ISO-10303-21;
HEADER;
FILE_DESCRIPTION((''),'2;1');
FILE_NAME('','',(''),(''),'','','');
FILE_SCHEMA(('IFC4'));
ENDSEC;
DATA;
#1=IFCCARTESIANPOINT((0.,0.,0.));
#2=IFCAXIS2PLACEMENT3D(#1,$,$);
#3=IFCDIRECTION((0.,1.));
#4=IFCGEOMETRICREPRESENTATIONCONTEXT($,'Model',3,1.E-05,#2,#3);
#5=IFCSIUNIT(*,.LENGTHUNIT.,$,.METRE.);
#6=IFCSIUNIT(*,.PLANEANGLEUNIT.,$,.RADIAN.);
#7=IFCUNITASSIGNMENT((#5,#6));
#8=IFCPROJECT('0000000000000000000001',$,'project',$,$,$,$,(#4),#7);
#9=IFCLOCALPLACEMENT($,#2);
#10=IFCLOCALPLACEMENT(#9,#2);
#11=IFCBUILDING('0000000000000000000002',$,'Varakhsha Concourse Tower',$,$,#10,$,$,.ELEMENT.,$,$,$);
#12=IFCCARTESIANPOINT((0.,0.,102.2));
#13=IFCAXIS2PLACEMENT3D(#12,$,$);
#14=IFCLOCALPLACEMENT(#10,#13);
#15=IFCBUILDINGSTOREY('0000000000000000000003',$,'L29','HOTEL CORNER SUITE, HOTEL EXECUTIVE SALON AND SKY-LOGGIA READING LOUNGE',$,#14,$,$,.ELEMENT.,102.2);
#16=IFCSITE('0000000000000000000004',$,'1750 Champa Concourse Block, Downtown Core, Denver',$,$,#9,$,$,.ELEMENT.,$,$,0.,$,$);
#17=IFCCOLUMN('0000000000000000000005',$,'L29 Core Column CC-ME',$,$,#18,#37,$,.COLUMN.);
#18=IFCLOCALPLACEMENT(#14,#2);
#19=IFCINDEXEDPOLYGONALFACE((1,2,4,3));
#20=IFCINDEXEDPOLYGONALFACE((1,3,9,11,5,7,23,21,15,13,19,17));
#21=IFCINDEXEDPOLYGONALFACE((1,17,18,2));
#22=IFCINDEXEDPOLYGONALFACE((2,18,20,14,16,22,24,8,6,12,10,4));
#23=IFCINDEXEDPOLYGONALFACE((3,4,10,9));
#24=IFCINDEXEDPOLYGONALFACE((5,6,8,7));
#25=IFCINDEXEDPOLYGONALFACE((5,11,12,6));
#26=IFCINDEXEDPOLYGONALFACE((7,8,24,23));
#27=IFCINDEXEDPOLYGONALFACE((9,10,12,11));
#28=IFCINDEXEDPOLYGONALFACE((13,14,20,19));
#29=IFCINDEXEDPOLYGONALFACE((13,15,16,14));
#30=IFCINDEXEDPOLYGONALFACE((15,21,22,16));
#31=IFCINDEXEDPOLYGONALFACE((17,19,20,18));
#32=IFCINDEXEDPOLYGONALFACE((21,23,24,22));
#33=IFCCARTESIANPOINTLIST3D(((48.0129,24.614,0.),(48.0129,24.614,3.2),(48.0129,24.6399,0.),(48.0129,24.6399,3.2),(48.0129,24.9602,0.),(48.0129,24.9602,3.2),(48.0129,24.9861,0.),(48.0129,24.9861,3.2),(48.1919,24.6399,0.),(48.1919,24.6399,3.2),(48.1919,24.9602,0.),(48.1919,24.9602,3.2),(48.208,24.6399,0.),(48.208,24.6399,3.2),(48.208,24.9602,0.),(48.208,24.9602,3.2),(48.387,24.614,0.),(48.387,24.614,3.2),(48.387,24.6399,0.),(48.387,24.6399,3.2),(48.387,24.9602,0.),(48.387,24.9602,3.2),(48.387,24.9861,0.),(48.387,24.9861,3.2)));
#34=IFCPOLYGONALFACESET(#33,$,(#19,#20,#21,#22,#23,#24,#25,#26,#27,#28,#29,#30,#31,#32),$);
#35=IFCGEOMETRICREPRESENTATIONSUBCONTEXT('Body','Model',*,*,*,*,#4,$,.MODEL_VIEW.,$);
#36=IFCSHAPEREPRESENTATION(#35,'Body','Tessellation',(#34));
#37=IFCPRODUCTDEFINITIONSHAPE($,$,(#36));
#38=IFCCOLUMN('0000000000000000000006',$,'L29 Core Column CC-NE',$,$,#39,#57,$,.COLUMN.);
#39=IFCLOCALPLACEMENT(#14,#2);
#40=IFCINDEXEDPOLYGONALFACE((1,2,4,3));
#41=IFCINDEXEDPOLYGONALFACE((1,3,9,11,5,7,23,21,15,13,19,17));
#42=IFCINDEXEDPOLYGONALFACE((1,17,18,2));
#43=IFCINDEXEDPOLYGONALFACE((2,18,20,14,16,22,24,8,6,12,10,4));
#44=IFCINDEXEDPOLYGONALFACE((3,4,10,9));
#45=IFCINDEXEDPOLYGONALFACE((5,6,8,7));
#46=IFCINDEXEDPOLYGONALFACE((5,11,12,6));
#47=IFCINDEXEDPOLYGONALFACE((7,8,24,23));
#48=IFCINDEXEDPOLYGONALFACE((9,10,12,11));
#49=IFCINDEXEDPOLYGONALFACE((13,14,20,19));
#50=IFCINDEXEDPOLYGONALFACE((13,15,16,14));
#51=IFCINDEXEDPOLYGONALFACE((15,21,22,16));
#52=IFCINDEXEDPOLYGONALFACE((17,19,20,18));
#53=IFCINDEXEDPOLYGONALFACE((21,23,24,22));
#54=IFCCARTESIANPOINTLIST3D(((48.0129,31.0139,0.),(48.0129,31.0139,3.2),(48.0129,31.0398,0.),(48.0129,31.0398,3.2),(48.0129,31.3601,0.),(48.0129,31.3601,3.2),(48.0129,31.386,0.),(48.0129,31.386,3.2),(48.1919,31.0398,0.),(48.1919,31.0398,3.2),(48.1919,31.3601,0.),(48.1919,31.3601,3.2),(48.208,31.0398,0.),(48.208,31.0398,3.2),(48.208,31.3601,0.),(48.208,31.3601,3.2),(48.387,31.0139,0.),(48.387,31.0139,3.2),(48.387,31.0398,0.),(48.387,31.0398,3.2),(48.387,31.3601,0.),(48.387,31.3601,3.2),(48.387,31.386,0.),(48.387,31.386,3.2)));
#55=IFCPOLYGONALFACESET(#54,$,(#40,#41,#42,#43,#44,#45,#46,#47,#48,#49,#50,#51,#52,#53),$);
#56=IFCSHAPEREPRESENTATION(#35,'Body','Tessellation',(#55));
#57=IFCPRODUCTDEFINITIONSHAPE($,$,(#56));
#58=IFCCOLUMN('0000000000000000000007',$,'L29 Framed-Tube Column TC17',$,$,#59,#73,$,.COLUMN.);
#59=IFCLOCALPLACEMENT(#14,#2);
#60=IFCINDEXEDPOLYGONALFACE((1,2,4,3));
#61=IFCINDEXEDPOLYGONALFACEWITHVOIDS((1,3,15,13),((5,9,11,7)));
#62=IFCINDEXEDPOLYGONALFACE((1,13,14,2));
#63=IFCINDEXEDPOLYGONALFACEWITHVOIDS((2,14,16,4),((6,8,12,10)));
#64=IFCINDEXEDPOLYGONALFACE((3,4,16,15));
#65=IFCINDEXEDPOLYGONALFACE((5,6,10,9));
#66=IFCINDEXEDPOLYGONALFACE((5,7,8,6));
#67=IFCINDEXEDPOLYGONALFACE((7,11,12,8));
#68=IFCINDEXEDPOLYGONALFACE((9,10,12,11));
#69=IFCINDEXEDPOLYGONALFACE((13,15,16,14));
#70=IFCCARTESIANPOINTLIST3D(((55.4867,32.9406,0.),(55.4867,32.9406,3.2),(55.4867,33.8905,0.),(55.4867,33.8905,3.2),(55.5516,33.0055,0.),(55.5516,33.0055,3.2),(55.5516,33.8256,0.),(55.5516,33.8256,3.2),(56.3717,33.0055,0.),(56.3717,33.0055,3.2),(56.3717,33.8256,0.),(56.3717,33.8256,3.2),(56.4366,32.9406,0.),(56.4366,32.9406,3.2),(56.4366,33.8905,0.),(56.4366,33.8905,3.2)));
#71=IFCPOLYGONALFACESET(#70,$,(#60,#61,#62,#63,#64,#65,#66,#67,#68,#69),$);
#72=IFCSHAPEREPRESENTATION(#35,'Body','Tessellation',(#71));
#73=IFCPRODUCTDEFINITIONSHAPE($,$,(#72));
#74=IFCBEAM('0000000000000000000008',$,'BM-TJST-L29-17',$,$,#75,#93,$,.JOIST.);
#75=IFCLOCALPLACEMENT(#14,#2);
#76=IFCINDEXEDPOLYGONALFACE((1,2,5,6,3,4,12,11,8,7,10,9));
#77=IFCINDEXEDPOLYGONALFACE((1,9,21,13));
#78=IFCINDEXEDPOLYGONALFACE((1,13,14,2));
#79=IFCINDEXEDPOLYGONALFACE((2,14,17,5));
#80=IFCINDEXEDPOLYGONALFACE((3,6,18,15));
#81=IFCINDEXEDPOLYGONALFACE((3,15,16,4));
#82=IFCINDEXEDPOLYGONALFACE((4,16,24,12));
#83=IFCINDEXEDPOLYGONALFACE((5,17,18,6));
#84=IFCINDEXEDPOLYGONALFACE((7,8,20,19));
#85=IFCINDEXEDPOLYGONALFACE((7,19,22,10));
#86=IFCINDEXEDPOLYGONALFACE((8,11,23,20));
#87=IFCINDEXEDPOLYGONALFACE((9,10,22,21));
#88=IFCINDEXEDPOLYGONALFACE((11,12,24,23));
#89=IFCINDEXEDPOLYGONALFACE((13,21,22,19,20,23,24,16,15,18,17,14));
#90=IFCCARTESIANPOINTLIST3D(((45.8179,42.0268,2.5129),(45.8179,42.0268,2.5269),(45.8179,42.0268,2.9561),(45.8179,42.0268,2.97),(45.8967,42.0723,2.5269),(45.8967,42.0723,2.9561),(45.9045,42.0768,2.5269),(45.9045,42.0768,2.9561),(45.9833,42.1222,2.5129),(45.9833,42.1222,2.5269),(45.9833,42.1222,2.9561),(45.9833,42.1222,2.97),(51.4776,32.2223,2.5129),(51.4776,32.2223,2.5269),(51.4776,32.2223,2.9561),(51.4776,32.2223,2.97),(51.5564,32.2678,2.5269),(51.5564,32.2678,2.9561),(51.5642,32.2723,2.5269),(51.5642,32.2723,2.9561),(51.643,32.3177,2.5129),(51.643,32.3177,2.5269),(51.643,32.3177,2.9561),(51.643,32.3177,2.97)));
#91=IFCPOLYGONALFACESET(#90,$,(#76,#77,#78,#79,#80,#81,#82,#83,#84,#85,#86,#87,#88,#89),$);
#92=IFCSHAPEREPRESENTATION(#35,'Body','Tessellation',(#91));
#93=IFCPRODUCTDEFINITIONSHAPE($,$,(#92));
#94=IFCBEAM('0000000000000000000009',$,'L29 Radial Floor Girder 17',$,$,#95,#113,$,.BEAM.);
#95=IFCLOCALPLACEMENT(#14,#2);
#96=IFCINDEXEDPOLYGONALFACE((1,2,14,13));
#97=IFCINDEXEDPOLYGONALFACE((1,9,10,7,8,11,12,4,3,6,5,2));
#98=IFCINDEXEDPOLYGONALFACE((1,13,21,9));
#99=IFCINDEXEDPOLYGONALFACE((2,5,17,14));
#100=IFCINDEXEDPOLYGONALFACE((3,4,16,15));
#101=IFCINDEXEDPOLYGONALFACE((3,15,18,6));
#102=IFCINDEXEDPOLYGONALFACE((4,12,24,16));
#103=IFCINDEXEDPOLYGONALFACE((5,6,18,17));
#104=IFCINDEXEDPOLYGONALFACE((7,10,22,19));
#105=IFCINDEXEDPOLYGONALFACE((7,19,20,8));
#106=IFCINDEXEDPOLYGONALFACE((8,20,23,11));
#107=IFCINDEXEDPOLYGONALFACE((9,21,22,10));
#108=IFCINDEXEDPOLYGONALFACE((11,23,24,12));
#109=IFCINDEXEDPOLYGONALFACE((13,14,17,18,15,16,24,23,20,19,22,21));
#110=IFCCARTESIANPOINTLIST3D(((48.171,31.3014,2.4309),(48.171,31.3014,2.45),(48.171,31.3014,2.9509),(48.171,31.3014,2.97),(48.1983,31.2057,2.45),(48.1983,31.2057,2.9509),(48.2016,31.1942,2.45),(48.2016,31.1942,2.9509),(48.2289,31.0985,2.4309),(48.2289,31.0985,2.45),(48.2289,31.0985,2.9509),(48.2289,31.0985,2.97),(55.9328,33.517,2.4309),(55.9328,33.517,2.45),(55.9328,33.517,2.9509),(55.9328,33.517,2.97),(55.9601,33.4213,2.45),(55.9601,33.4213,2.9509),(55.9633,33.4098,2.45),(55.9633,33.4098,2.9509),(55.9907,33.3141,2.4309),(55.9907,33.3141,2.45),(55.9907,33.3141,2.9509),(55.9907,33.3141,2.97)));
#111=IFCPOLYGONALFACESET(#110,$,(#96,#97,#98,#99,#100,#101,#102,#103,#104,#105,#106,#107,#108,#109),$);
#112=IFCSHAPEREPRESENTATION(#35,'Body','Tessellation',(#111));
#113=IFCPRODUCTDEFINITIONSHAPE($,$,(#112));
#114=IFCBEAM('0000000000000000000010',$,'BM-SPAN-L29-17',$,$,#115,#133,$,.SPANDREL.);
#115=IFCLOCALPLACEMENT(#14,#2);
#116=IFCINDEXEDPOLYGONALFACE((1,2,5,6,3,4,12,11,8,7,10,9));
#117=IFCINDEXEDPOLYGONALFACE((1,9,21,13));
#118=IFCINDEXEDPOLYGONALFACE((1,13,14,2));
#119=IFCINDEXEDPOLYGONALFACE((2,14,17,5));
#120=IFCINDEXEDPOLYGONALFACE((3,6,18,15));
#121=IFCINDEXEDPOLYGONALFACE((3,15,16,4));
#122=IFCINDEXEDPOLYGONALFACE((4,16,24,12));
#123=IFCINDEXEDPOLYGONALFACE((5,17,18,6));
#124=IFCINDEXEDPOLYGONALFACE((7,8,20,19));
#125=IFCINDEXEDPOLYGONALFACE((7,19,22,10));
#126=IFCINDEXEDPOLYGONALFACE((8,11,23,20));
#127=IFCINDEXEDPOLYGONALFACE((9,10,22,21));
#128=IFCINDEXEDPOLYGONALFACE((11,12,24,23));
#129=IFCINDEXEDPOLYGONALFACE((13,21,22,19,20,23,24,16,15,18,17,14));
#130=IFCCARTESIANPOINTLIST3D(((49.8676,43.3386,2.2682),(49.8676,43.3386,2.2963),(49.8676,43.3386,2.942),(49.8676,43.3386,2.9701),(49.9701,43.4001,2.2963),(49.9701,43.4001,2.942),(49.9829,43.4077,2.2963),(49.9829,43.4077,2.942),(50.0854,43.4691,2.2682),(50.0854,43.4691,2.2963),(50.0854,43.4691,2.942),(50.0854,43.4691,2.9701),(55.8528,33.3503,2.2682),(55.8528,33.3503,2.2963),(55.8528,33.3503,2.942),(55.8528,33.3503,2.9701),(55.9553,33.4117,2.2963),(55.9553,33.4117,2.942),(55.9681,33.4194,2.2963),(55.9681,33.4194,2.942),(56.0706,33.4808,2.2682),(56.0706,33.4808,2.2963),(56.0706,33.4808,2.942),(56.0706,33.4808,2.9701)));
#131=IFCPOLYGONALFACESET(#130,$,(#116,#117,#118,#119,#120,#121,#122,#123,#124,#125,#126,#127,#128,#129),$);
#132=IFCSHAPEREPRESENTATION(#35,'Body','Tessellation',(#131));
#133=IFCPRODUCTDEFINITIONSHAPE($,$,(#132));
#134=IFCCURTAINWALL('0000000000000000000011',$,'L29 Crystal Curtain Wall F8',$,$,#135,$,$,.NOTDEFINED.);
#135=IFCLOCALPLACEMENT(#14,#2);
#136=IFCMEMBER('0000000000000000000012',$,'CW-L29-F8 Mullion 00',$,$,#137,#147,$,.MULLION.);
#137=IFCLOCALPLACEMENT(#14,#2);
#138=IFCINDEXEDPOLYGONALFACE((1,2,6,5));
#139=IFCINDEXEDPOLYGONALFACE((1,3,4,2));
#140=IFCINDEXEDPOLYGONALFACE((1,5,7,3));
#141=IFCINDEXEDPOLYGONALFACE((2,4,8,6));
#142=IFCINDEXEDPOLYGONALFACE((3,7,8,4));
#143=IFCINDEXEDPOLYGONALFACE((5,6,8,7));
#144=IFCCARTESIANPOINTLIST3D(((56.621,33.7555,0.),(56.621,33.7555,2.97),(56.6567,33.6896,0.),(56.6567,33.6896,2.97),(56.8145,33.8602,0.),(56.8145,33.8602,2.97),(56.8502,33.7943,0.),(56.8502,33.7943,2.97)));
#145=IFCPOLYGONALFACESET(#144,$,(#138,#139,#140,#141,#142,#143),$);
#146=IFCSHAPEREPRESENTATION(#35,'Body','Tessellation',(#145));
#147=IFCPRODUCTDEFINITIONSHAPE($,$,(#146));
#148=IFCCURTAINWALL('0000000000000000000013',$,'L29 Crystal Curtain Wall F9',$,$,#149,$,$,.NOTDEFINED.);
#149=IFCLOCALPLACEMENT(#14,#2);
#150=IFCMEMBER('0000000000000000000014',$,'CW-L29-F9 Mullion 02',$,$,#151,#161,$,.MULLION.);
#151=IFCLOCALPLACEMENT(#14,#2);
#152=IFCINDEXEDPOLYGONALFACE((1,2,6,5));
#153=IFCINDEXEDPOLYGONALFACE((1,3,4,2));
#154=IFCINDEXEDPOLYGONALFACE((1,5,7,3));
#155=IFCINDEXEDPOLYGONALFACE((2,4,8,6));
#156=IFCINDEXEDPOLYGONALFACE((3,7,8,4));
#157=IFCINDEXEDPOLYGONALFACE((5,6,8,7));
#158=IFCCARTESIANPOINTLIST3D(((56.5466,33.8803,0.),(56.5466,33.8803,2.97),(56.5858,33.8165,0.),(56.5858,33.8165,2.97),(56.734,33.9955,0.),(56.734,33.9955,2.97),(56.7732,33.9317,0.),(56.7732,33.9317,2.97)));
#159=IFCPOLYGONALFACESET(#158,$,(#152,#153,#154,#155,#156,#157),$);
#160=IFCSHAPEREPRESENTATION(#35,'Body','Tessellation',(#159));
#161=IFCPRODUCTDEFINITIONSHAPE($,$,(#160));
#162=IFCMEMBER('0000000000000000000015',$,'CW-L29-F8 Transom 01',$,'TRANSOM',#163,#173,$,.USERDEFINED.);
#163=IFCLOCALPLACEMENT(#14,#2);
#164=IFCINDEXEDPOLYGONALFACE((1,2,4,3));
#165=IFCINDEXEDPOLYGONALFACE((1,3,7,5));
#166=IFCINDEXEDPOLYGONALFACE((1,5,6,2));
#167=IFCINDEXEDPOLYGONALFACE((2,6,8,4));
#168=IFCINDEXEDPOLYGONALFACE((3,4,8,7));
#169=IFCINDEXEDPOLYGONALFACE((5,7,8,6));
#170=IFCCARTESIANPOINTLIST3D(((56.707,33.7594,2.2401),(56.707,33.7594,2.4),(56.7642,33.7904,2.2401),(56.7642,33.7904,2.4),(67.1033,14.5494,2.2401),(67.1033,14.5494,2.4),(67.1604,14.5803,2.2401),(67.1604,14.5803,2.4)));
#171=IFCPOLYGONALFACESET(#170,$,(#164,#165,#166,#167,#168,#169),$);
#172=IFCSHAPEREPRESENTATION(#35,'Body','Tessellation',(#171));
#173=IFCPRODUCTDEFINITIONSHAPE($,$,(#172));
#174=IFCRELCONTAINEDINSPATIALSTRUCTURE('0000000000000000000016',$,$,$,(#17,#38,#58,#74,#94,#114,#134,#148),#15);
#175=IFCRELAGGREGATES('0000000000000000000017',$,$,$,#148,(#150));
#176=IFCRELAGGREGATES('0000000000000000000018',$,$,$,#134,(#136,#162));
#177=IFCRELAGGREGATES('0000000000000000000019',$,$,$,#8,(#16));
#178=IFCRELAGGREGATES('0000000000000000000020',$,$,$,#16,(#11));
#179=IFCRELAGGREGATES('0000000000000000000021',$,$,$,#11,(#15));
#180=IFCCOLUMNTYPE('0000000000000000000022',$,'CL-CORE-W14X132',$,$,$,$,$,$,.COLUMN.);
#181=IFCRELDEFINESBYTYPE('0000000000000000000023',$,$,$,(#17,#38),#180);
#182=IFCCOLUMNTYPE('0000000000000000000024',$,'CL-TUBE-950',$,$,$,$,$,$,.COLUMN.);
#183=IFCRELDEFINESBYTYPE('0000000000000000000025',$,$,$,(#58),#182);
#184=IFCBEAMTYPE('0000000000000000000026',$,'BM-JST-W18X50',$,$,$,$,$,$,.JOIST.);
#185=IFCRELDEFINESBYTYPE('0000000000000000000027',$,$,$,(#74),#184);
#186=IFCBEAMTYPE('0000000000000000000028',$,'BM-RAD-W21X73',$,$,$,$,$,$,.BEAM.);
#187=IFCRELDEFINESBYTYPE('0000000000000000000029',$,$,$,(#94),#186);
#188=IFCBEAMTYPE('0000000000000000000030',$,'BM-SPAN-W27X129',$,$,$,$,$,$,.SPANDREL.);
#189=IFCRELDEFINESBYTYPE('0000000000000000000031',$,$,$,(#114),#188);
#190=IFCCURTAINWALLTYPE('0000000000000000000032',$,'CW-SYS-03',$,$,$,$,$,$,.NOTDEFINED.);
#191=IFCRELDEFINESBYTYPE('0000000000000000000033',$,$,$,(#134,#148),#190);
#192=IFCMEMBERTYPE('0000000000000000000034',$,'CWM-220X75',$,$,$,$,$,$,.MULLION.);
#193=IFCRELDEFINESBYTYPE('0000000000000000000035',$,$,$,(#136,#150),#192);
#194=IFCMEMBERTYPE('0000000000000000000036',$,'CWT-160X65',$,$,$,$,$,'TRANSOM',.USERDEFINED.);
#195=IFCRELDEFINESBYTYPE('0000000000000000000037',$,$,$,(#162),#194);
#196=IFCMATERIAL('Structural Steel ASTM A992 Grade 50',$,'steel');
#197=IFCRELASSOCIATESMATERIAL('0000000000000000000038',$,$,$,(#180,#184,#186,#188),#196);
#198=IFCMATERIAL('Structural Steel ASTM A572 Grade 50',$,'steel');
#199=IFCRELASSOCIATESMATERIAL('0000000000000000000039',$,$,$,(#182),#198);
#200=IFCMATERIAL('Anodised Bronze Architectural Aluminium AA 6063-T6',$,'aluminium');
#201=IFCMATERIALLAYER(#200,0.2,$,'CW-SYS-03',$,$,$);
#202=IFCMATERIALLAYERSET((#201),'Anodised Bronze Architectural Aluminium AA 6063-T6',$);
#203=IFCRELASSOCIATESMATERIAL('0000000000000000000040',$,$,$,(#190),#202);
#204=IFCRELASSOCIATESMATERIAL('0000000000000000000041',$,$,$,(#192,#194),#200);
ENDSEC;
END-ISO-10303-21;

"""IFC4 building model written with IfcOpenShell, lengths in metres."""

from ifc_helpers import new_model, si_unit, direction, frame, origin, origin_2d, place, context, subcontext, project, spatial, rectangle, hollow_rectangle, i_section, extrude, source, transform, mapped, material, layer, layer_set, material_profile, profile_set, type_object, type_shapes, element, aggregate, save


model = new_model("IFC4")

# Units and contexts
model_context = context("Model", 3, precision=1e-05, world=origin(), true_north=direction((0.0, 1.0)))
body_context = subcontext(model_context, "Body", "Model", "MODEL_VIEW")
ifc_project = project(units=[si_unit("LENGTHUNIT", "METRE"), si_unit("PLANEANGLEUNIT", "RADIAN")], contexts=[model_context])

# Site, building, storey
site_placement = place(None, origin())
site = spatial("IfcSite", under=ifc_project, at=site_placement, Name="1750 Champa Concourse Block, Downtown Core, Denver", CompositionType="ELEMENT", RefElevation=0.0)
building_placement = place(site_placement, origin())
building = spatial("IfcBuilding", under=site, at=building_placement, Name="Varakhsha Concourse Tower", CompositionType="ELEMENT")
storey_placement = place(building_placement, frame((0.0, 0.0, 102.2)))
storey = spatial("IfcBuildingStorey", under=building, at=storey_placement, Name="L29", Description="HOTEL CORNER SUITE, HOTEL EXECUTIVE SALON AND SKY-LOGGIA READING LOUNGE", CompositionType="ELEMENT", Elevation=102.2)

# Columns
ifc_material_1 = material(Name="Structural Steel ASTM A992 Grade 50", Category="steel")
ifc_material_profile_1 = material_profile(ifc_material_1, i_section(OverallWidth=0.374, OverallDepth=0.3721, WebThickness=0.0161, FlangeThickness=0.0259, at=origin_2d()), Name="W14X132")
ifc_profile_set_1 = profile_set([ifc_material_profile_1], Name="Structural Steel ASTM A992 Grade 50")
column_type_1 = type_object("IfcColumnType", Name="CL-CORE-W14X132", PredefinedType="COLUMN", material=ifc_profile_set_1)
for number, where, z_axis, x_axis, name in (
    (1, (48.2, 24.8, 0.0), (0.0, 0.0, 1.0), (1.0, 0.0, 0.0), "L29 Core Column CC-ME"),
    (2, (48.2, 31.2, 0.0), (0.0, 0.0, 1.0), (1.0, 0.0, 0.0), "L29 Core Column CC-NE"),
):
    element("IfcColumn", number, at=place(storey_placement, frame(where, z_axis=z_axis, x_axis=x_axis)), inside=storey, type_object=column_type_1, Name=name, PredefinedType="COLUMN", context=body_context, shape_type="SweptSolid", body=[
        extrude(i_section(OverallWidth=0.374, OverallDepth=0.3721, WebThickness=0.0161, FlangeThickness=0.0259, at=origin_2d()), origin(), (0.0, 0.0, 1.0), 3.2),
    ])
ifc_material_2 = material(Name="Structural Steel ASTM A572 Grade 50", Category="steel")
ifc_material_profile_2 = material_profile(ifc_material_2, hollow_rectangle(XDim=0.95, YDim=0.95, WallThickness=0.0649, at=origin_2d()), Name="BOX 950x950x65")
ifc_profile_set_2 = profile_set([ifc_material_profile_2], Name="Structural Steel ASTM A572 Grade 50")
column_type_2 = type_object("IfcColumnType", Name="CL-TUBE-950", PredefinedType="COLUMN", material=ifc_profile_set_2)
column_placement = place(storey_placement, frame((55.9617, 33.4155, 0.0), z_axis=(0.0, 0.0, 1.0), x_axis=(1.0, 0.0, 0.0)))
element("IfcColumn", 3, at=column_placement, inside=storey, type_object=column_type_2, Name="L29 Framed-Tube Column TC17", PredefinedType="COLUMN", context=body_context, shape_type="SweptSolid", body=[
    extrude(hollow_rectangle(XDim=0.95, YDim=0.95, WallThickness=0.0649, at=origin_2d()), origin(), (0.0, 0.0, 1.0), 3.2),
])

# Beams
ifc_material_profile_3 = material_profile(ifc_material_1, i_section(OverallWidth=0.1909, OverallDepth=0.457, WebThickness=0.009, FlangeThickness=0.0139, at=origin_2d()), Name="W18X50")
ifc_profile_set_3 = profile_set([ifc_material_profile_3], Name="Structural Steel ASTM A992 Grade 50")
beam_type_1 = type_object("IfcBeamType", Name="BM-JST-W18X50", PredefinedType="JOIST", material=ifc_profile_set_3)
beam_1_placement = place(storey_placement, frame((51.5603, 32.27, 2.7415), z_axis=(-0.499938, 0.866061, 0.0), x_axis=(-0.866061, -0.499938, 0.0)))
element("IfcBeam", 4, at=beam_1_placement, inside=storey, type_object=beam_type_1, Name="BM-TJST-L29-17", PredefinedType="JOIST", context=body_context, shape_type="SweptSolid", body=[
    extrude(i_section(OverallWidth=0.1909, OverallDepth=0.457, WebThickness=0.009, FlangeThickness=0.0139, at=origin_2d()), origin(), (0.0, 0.0, 1.0), 11.3208),
])
ifc_material_profile_4 = material_profile(ifc_material_1, i_section(OverallWidth=0.2109, OverallDepth=0.5391, WebThickness=0.012, FlangeThickness=0.019, at=origin_2d()), Name="W21X73")
ifc_profile_set_4 = profile_set([ifc_material_profile_4], Name="Structural Steel ASTM A992 Grade 50")
beam_type_2 = type_object("IfcBeamType", Name="BM-RAD-W21X73", PredefinedType="BEAM", material=ifc_profile_set_4)
beam_2_placement = place(storey_placement, frame((48.2, 31.2, 2.7004), z_axis=(0.961591, 0.274485, 0.0), x_axis=(-0.274485, 0.961591, 0.0)))
element("IfcBeam", 5, at=beam_2_placement, inside=storey, type_object=beam_type_2, Name="L29 Radial Floor Girder 17", PredefinedType="BEAM", context=body_context, shape_type="SweptSolid", body=[
    extrude(i_section(OverallWidth=0.2109, OverallDepth=0.5391, WebThickness=0.012, FlangeThickness=0.019, at=origin_2d()), origin(), (0.0, 0.0, 1.0), 8.0718),
])
ifc_material_profile_5 = material_profile(ifc_material_1, i_section(OverallWidth=0.2539, OverallDepth=0.7019, WebThickness=0.0149, FlangeThickness=0.0281, at=origin_2d()), Name="W27X129")
ifc_profile_set_5 = profile_set([ifc_material_profile_5], Name="Structural Steel ASTM A992 Grade 50")
beam_type_3 = type_object("IfcBeamType", Name="BM-SPAN-W27X129", PredefinedType="SPANDREL", material=ifc_profile_set_5)
beam_3_placement = place(storey_placement, frame((55.9617, 33.4155, 2.6191), z_axis=(-0.513999, 0.857791, 0.0), x_axis=(-0.857791, -0.513999, 0.0)))
element("IfcBeam", 6, at=beam_3_placement, inside=storey, type_object=beam_type_3, Name="BM-SPAN-L29-17", PredefinedType="SPANDREL", context=body_context, shape_type="SweptSolid", body=[
    extrude(i_section(OverallWidth=0.2539, OverallDepth=0.7019, WebThickness=0.0149, FlangeThickness=0.0281, at=origin_2d()), origin(), (0.0, 0.0, 1.0), 11.6443),
])

# Curtain walls, members
ifc_material_3 = material(Name="Anodised Bronze Architectural Aluminium AA 6063-T6", Category="aluminium")
ifc_layer_1 = layer(ifc_material_3, 0.2, Name="CW-SYS-03")
ifc_layer_set_1 = layer_set([ifc_layer_1], Name="Anodised Bronze Architectural Aluminium AA 6063-T6")
curtain_wall_type = type_object("IfcCurtainWallType", Name="CW-SYS-03", PredefinedType="NOTDEFINED", material=ifc_layer_set_1)
curtain_wall_1_placement = place(storey_placement, origin())
curtain_wall_1 = element("IfcCurtainWall", 7, at=curtain_wall_1_placement, inside=storey, type_object=curtain_wall_type, Name="L29 Crystal Curtain Wall F8", PredefinedType="NOTDEFINED")
ifc_material_profile_6 = material_profile(ifc_material_3, rectangle(XDim=0.075, YDim=0.22, at=origin_2d()), Name="CWM-220X75")
ifc_profile_set_6 = profile_set([ifc_material_profile_6], Name="Anodised Bronze Architectural Aluminium AA 6063-T6")
member_type_1 = type_object("IfcMemberType", Name="CWM-220X75", PredefinedType="MULLION", material=ifc_profile_set_6)
shared_shape_1 = source(origin(), body_context, "Body", "SweptSolid", [
    extrude(rectangle(XDim=0.075, YDim=0.22, at=origin_2d()), origin(), (0.0, 0.0, 1.0), 2.97),
])
type_shapes(member_type_1, [shared_shape_1])
member_1_placement = place(storey_placement, frame((56.7356, 33.7749, 0.0), z_axis=(0.0, 0.0, 1.0), x_axis=(0.475959, -0.879468, 0.0)))
member_1 = element("IfcMember", 8, at=member_1_placement, type_object=member_type_1, Name="CW-L29-F8 Mullion 00", PredefinedType="MULLION", context=body_context, shape_type="MappedRepresentation", body=[
    mapped(shared_shape_1, transform((0.0, 0.0, 0.0), scale=1.0)),
])
curtain_wall_2_placement = place(storey_placement, origin())
curtain_wall_2 = element("IfcCurtainWall", 9, at=curtain_wall_2_placement, inside=storey, type_object=curtain_wall_type, Name="L29 Crystal Curtain Wall F9", PredefinedType="NOTDEFINED")
member_2_placement = place(storey_placement, frame((56.6599, 33.906, 0.0), z_axis=(0.0, 0.0, 1.0), x_axis=(0.523665, -0.851924, 0.0)))
member_2 = element("IfcMember", 10, at=member_2_placement, type_object=member_type_1, Name="CW-L29-F9 Mullion 02", PredefinedType="MULLION", context=body_context, shape_type="MappedRepresentation", body=[
    mapped(shared_shape_1, transform((0.0, 0.0, 0.0), scale=1.0)),
])
aggregate(curtain_wall_2, [member_2])

# Member
ifc_material_profile_7 = material_profile(ifc_material_3, rectangle(XDim=0.0649, YDim=0.1599, at=origin_2d()), Name="CWT-160X65")
ifc_profile_set_7 = profile_set([ifc_material_profile_7], Name="Anodised Bronze Architectural Aluminium AA 6063-T6")
member_type_2 = type_object("IfcMemberType", Name="CWT-160X65", ElementType="TRANSOM", PredefinedType="USERDEFINED", material=ifc_profile_set_7)
shared_shape_2 = source(origin(), body_context, "Body", "SweptSolid", [
    extrude(rectangle(XDim=0.0649, YDim=0.1599, at=origin_2d()), origin(), (0.0, 0.0, 1.0), 21.8428),
])
type_shapes(member_type_2, [shared_shape_2])
member_3_placement = place(storey_placement, frame((56.7356, 33.7749, 2.3201), z_axis=(0.475959, -0.879467, 0.0), x_axis=(0.879467, 0.475959, 0.0)))
member_3 = element("IfcMember", 11, at=member_3_placement, type_object=member_type_2, Name="CW-L29-F8 Transom 01", ObjectType="TRANSOM", PredefinedType="USERDEFINED", context=body_context, shape_type="MappedRepresentation", body=[
    mapped(shared_shape_2, transform((0.0, 0.0, 0.0), scale=1.0)),
])

aggregate(curtain_wall_1, [member_1, member_3])

save(model, "model.ifc")
